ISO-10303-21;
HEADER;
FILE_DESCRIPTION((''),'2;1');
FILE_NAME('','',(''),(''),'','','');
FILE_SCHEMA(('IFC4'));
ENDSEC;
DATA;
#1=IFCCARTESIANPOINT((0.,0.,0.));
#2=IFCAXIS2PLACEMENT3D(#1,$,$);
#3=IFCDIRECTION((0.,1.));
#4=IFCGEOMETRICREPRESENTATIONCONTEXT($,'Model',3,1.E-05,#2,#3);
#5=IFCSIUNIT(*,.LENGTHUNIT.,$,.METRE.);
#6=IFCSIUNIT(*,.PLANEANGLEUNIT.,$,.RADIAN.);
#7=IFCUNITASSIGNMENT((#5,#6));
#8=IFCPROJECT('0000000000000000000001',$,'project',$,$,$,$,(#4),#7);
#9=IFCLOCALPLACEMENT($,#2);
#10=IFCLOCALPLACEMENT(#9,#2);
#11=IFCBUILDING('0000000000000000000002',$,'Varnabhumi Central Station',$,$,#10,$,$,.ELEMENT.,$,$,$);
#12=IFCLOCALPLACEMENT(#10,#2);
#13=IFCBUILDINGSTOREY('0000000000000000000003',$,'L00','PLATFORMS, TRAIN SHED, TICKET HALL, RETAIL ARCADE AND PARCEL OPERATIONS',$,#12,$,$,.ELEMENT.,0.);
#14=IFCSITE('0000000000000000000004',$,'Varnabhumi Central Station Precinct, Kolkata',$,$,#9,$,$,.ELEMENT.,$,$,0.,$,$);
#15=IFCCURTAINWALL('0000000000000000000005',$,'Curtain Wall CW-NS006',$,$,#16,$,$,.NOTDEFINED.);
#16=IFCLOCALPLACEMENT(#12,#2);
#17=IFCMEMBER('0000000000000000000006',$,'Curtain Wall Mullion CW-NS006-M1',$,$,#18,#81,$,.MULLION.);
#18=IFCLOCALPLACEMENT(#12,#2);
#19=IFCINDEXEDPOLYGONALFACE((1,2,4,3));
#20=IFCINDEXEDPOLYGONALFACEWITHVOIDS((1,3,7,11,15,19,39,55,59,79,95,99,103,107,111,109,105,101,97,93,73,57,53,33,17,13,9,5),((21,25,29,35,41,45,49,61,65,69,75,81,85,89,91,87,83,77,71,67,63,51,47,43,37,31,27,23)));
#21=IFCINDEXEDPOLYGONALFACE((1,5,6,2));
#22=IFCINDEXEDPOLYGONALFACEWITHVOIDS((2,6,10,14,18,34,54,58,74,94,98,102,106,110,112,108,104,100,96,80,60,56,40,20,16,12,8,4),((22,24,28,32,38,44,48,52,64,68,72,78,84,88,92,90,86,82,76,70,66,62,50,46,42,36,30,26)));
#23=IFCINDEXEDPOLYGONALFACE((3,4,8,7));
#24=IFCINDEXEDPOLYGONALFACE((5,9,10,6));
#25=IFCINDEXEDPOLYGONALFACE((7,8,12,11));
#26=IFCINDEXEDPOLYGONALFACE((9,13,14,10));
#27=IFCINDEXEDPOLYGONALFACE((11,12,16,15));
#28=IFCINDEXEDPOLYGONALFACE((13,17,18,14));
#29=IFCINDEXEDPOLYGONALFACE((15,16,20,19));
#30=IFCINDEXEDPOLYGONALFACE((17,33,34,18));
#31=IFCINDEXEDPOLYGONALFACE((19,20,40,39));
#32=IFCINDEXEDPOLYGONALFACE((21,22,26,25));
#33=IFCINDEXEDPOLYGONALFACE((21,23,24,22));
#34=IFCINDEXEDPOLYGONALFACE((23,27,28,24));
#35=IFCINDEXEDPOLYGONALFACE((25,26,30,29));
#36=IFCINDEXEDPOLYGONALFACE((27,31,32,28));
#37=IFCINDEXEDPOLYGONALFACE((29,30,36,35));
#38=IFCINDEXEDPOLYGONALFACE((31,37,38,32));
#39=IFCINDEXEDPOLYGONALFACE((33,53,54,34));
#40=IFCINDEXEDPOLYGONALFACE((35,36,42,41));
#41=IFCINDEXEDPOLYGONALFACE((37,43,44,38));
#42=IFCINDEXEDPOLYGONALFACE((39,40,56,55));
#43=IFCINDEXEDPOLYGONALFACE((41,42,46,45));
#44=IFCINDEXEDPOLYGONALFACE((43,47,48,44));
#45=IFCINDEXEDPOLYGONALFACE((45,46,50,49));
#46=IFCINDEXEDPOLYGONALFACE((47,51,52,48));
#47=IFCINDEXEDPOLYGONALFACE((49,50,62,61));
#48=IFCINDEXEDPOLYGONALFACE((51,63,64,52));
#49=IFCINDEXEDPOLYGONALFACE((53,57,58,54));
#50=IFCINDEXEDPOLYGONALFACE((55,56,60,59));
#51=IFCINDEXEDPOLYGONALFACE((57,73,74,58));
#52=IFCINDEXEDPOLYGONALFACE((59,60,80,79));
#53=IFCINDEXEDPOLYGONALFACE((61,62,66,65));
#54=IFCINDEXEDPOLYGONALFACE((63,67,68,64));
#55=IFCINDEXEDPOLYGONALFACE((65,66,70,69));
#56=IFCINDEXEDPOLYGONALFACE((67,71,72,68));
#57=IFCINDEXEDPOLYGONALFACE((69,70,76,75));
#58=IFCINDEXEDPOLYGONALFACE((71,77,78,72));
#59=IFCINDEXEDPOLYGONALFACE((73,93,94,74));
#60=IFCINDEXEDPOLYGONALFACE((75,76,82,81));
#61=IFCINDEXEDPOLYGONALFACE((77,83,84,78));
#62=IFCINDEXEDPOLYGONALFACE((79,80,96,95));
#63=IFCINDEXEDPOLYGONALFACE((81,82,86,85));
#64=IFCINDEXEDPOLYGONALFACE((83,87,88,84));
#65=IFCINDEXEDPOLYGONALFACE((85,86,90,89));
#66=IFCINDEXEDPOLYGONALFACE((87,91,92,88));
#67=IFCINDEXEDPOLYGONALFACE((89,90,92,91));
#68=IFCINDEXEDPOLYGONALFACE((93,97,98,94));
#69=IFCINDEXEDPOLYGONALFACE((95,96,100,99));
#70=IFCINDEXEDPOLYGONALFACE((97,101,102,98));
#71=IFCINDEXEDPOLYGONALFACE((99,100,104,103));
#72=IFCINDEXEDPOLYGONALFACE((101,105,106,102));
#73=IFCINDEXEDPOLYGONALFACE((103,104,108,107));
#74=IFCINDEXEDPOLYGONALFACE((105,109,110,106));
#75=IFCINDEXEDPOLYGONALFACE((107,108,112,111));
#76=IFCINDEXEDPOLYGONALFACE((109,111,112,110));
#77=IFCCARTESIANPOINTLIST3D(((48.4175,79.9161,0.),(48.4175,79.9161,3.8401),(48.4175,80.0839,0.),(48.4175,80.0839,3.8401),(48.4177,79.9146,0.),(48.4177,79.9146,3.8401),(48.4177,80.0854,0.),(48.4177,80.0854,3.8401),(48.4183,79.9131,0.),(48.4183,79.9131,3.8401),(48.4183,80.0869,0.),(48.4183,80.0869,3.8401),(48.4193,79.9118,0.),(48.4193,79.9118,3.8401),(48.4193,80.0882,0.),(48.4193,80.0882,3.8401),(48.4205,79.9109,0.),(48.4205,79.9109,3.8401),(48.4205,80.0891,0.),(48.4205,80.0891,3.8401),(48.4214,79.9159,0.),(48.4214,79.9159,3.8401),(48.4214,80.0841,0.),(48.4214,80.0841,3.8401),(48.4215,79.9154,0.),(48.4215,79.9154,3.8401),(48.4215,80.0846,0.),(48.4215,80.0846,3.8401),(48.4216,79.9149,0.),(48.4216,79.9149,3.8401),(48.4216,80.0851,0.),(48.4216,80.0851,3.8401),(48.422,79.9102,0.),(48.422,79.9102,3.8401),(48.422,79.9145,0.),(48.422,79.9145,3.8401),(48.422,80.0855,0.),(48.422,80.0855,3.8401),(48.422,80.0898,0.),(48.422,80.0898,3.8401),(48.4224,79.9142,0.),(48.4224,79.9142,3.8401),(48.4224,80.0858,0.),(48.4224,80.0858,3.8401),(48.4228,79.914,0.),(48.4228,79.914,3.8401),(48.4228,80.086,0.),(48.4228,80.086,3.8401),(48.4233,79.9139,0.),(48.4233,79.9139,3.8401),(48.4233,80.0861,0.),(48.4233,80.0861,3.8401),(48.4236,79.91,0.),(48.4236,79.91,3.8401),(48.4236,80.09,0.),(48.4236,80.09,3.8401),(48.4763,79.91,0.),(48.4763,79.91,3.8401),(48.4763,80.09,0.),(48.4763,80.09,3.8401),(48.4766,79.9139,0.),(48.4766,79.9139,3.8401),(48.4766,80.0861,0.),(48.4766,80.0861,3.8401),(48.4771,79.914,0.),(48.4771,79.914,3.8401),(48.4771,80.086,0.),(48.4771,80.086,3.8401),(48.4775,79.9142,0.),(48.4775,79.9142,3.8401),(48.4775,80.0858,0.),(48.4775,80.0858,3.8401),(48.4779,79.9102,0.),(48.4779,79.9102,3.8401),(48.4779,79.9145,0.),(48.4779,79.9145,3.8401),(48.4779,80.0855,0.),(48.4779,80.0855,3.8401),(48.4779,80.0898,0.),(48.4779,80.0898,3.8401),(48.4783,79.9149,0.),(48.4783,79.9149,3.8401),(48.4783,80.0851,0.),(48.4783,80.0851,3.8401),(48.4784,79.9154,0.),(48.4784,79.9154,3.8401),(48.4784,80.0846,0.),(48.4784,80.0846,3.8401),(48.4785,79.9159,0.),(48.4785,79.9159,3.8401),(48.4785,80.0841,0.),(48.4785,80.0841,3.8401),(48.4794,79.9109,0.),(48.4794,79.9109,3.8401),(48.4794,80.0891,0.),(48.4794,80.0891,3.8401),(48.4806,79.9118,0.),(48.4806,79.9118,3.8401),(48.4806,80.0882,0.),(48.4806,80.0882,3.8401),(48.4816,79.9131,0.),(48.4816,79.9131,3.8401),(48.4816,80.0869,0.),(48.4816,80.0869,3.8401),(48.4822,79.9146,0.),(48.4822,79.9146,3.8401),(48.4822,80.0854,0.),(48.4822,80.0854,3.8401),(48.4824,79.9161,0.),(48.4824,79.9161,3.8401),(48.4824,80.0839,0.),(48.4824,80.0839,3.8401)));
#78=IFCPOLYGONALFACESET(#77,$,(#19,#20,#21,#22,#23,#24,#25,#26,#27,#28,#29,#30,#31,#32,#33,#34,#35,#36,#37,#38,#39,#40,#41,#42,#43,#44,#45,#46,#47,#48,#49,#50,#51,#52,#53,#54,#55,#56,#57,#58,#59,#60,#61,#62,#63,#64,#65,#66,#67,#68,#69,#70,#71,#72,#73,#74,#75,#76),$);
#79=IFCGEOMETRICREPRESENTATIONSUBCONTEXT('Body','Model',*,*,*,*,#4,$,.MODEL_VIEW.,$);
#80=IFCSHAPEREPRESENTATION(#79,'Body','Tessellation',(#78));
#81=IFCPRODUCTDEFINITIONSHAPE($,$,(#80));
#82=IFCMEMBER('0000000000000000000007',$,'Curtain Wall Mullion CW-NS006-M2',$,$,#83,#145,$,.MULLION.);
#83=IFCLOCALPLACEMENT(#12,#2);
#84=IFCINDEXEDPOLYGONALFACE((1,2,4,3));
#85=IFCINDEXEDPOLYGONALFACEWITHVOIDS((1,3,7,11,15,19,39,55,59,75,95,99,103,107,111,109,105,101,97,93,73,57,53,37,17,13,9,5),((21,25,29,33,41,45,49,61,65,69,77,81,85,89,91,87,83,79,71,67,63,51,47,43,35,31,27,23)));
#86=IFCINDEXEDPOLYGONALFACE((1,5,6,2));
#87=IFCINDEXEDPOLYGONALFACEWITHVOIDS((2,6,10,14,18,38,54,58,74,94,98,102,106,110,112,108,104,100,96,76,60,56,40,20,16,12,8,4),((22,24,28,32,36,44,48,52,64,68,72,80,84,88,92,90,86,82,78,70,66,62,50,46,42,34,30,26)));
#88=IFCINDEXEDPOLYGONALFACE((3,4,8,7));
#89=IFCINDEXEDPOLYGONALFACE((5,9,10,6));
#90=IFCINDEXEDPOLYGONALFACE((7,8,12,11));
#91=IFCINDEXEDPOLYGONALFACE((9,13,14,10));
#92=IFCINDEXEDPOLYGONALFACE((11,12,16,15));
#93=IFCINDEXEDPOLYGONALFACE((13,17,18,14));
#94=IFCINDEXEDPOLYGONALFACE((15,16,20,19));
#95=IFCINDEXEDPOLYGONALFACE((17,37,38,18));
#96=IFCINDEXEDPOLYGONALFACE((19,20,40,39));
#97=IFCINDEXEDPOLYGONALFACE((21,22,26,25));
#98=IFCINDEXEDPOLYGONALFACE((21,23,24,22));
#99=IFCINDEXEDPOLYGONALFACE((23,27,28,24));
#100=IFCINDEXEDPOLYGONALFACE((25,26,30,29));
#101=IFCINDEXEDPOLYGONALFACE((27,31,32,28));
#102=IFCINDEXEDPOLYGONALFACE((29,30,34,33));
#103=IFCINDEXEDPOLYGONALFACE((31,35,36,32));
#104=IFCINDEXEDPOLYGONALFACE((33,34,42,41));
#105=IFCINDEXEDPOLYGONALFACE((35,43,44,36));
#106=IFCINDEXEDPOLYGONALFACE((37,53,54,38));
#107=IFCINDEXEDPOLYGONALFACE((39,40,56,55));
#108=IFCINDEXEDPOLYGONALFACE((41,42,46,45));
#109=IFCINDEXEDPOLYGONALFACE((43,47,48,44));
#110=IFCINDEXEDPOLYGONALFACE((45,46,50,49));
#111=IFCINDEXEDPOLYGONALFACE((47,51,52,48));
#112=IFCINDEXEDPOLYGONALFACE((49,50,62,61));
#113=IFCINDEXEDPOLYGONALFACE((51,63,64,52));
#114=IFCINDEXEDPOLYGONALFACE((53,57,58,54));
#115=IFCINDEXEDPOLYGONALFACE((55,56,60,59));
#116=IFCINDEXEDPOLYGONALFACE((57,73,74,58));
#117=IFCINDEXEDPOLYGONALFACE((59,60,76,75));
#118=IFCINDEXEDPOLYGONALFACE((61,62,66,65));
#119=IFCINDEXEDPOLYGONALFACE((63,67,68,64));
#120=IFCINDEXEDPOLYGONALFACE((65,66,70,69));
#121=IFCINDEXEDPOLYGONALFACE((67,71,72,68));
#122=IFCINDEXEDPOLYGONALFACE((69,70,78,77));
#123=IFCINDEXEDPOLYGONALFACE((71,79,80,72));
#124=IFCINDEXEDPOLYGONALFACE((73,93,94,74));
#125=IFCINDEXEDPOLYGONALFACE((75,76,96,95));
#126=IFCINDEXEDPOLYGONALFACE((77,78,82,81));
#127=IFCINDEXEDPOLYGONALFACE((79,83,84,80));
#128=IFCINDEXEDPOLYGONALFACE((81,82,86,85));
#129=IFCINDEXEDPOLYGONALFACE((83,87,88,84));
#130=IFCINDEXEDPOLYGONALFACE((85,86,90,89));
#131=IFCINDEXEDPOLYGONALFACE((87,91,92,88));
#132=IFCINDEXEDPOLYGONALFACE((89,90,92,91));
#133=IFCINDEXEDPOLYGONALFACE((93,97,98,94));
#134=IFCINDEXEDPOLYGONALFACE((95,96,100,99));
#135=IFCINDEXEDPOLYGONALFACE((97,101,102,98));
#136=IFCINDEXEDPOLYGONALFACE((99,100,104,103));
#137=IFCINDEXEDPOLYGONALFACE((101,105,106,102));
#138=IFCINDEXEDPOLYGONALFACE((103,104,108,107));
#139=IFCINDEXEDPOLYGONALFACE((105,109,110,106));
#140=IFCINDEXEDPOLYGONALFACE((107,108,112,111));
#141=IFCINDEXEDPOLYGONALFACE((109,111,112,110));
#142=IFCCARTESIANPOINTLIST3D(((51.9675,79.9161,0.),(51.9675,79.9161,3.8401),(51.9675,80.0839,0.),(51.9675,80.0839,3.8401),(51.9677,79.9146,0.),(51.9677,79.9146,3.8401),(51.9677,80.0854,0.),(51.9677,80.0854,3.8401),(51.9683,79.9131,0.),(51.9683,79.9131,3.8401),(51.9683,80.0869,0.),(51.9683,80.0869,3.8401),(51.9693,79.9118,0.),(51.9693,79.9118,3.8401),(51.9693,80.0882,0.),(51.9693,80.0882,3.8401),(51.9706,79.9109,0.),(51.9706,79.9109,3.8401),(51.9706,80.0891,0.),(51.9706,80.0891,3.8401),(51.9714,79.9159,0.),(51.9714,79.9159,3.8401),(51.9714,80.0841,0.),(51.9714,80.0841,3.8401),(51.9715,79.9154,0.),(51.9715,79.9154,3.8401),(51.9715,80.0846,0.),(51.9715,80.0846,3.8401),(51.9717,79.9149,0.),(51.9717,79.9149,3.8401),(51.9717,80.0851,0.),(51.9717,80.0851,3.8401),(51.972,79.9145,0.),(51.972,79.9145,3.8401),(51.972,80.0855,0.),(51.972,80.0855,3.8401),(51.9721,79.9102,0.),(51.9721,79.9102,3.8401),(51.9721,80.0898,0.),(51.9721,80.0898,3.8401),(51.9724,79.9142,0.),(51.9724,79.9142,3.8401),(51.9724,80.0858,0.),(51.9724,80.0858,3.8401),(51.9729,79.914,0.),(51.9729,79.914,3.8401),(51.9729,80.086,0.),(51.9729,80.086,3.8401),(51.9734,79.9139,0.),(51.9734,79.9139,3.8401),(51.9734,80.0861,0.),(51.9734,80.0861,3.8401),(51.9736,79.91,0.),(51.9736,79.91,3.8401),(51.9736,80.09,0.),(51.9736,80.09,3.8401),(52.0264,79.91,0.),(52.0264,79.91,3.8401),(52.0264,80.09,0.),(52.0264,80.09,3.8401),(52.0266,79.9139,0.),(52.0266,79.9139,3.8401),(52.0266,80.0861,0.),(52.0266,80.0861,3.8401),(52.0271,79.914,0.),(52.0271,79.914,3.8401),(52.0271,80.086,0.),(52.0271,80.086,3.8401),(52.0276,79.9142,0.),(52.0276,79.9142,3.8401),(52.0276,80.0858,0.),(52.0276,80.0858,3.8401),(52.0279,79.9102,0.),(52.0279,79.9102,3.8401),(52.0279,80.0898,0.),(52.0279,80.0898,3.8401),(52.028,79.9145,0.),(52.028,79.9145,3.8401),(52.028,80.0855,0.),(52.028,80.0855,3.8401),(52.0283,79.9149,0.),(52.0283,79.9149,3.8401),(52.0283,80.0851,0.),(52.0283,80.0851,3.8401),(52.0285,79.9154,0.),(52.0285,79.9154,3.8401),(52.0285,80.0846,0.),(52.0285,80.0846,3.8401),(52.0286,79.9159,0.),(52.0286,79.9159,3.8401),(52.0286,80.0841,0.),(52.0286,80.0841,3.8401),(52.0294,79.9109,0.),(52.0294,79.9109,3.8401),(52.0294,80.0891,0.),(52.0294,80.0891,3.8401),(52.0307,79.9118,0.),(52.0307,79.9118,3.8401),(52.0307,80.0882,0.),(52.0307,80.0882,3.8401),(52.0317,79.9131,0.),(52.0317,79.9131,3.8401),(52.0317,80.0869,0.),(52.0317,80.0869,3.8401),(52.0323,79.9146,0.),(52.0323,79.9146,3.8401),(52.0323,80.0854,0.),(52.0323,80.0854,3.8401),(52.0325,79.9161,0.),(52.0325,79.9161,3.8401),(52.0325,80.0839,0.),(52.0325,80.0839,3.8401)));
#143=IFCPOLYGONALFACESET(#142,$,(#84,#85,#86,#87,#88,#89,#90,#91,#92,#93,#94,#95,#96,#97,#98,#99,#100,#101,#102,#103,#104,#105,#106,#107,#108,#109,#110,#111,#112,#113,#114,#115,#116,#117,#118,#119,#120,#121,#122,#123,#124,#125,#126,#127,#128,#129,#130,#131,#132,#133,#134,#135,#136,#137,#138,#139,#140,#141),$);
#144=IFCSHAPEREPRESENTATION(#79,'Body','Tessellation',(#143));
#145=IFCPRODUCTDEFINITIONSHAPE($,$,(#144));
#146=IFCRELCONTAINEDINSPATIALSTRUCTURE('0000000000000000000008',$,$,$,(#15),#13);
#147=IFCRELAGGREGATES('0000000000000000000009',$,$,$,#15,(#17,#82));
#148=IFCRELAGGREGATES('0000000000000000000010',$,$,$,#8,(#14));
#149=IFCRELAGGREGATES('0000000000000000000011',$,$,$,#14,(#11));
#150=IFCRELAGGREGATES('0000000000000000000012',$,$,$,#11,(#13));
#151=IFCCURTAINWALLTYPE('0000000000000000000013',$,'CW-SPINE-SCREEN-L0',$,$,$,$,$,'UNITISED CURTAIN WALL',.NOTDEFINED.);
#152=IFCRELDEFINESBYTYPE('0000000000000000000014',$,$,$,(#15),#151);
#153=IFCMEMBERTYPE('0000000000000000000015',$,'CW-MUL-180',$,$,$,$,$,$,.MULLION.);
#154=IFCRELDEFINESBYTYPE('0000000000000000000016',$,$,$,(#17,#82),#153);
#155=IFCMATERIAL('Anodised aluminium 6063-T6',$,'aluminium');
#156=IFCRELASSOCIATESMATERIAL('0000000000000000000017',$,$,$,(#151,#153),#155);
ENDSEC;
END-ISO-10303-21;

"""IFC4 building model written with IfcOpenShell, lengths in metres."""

from ifc_helpers import new_model, si_unit, direction, frame, origin, origin_2d, place, context, subcontext, project, spatial, hollow_rectangle, extrude, material, material_profile, profile_set, type_object, element, aggregate, save


model = new_model("IFC4")

# Units and contexts
model_context = context("Model", 3, precision=1e-05, world=origin(), true_north=direction((0.0, 1.0)))
body_context = subcontext(model_context, "Body", "Model", "MODEL_VIEW")
ifc_project = project(units=[si_unit("LENGTHUNIT", "METRE"), si_unit("PLANEANGLEUNIT", "RADIAN")], contexts=[model_context])

# Site, building, storey
site_placement = place(None, origin())
site = spatial("IfcSite", under=ifc_project, at=site_placement, Name="Varnabhumi Central Station Precinct, Kolkata", CompositionType="ELEMENT", RefElevation=0.0)
building_placement = place(site_placement, origin())
building = spatial("IfcBuilding", under=site, at=building_placement, Name="Varnabhumi Central Station", CompositionType="ELEMENT")
storey_placement = place(building_placement, origin())
storey = spatial("IfcBuildingStorey", under=building, at=storey_placement, Name="L00", Description="PLATFORMS, TRAIN SHED, TICKET HALL, RETAIL ARCADE AND PARCEL OPERATIONS", CompositionType="ELEMENT", Elevation=0.0)

# Curtain wall, members
ifc_material_1 = material(Name="Anodised aluminium 6063-T6", Category="aluminium")
curtain_wall_type = type_object("IfcCurtainWallType", Name="CW-SPINE-SCREEN-L0", ElementType="UNITISED CURTAIN WALL", PredefinedType="NOTDEFINED", material=ifc_material_1)
curtain_wall_placement = place(storey_placement, origin())
curtain_wall = element("IfcCurtainWall", 1, at=curtain_wall_placement, inside=storey, type_object=curtain_wall_type, Name="Curtain Wall CW-NS006", PredefinedType="NOTDEFINED")
ifc_material_profile_1 = material_profile(ifc_material_1, hollow_rectangle(XDim=0.0649, YDim=0.1799, WallThickness=0.0039, InnerFilletRadius=0.002, OuterFilletRadius=0.0061, at=origin_2d()), Name="Anodised aluminium 6063-T6", Category="aluminium")
ifc_profile_set_1 = profile_set([ifc_material_profile_1], Name="Anodised aluminium 6063-T6")
member_type_1 = type_object("IfcMemberType", Name="CW-MUL-180", PredefinedType="MULLION", material=ifc_profile_set_1)
member_1_placement = place(storey_placement, frame((48.45, 80.0, 0.0), z_axis=(0.0, 0.0, 1.0), x_axis=(1.0, 0.0, 0.0)))
member_1 = element("IfcMember", 2, at=member_1_placement, type_object=member_type_1, Name="Curtain Wall Mullion CW-NS006-M1", PredefinedType="MULLION", context=body_context, shape_type="SweptSolid", body=[
    extrude(hollow_rectangle(XDim=0.0649, YDim=0.1799, WallThickness=0.0039, InnerFilletRadius=0.002, OuterFilletRadius=0.0061, at=origin_2d()), origin(), (0.0, 0.0, 1.0), 3.8401),
])
member_2_placement = place(storey_placement, frame((52.0, 80.0, 0.0), z_axis=(0.0, 0.0, 1.0), x_axis=(1.0, 0.0, 0.0)))
member_2 = element("IfcMember", 3, at=member_2_placement, type_object=member_type_1, Name="Curtain Wall Mullion CW-NS006-M2", PredefinedType="MULLION", context=body_context, shape_type="SweptSolid", body=[
    extrude(hollow_rectangle(XDim=0.0649, YDim=0.1799, WallThickness=0.0039, InnerFilletRadius=0.002, OuterFilletRadius=0.0061, at=origin_2d()), origin(), (0.0, 0.0, 1.0), 3.8401),
])
aggregate(curtain_wall, [member_1, member_2])

save(model, "model.ifc")
